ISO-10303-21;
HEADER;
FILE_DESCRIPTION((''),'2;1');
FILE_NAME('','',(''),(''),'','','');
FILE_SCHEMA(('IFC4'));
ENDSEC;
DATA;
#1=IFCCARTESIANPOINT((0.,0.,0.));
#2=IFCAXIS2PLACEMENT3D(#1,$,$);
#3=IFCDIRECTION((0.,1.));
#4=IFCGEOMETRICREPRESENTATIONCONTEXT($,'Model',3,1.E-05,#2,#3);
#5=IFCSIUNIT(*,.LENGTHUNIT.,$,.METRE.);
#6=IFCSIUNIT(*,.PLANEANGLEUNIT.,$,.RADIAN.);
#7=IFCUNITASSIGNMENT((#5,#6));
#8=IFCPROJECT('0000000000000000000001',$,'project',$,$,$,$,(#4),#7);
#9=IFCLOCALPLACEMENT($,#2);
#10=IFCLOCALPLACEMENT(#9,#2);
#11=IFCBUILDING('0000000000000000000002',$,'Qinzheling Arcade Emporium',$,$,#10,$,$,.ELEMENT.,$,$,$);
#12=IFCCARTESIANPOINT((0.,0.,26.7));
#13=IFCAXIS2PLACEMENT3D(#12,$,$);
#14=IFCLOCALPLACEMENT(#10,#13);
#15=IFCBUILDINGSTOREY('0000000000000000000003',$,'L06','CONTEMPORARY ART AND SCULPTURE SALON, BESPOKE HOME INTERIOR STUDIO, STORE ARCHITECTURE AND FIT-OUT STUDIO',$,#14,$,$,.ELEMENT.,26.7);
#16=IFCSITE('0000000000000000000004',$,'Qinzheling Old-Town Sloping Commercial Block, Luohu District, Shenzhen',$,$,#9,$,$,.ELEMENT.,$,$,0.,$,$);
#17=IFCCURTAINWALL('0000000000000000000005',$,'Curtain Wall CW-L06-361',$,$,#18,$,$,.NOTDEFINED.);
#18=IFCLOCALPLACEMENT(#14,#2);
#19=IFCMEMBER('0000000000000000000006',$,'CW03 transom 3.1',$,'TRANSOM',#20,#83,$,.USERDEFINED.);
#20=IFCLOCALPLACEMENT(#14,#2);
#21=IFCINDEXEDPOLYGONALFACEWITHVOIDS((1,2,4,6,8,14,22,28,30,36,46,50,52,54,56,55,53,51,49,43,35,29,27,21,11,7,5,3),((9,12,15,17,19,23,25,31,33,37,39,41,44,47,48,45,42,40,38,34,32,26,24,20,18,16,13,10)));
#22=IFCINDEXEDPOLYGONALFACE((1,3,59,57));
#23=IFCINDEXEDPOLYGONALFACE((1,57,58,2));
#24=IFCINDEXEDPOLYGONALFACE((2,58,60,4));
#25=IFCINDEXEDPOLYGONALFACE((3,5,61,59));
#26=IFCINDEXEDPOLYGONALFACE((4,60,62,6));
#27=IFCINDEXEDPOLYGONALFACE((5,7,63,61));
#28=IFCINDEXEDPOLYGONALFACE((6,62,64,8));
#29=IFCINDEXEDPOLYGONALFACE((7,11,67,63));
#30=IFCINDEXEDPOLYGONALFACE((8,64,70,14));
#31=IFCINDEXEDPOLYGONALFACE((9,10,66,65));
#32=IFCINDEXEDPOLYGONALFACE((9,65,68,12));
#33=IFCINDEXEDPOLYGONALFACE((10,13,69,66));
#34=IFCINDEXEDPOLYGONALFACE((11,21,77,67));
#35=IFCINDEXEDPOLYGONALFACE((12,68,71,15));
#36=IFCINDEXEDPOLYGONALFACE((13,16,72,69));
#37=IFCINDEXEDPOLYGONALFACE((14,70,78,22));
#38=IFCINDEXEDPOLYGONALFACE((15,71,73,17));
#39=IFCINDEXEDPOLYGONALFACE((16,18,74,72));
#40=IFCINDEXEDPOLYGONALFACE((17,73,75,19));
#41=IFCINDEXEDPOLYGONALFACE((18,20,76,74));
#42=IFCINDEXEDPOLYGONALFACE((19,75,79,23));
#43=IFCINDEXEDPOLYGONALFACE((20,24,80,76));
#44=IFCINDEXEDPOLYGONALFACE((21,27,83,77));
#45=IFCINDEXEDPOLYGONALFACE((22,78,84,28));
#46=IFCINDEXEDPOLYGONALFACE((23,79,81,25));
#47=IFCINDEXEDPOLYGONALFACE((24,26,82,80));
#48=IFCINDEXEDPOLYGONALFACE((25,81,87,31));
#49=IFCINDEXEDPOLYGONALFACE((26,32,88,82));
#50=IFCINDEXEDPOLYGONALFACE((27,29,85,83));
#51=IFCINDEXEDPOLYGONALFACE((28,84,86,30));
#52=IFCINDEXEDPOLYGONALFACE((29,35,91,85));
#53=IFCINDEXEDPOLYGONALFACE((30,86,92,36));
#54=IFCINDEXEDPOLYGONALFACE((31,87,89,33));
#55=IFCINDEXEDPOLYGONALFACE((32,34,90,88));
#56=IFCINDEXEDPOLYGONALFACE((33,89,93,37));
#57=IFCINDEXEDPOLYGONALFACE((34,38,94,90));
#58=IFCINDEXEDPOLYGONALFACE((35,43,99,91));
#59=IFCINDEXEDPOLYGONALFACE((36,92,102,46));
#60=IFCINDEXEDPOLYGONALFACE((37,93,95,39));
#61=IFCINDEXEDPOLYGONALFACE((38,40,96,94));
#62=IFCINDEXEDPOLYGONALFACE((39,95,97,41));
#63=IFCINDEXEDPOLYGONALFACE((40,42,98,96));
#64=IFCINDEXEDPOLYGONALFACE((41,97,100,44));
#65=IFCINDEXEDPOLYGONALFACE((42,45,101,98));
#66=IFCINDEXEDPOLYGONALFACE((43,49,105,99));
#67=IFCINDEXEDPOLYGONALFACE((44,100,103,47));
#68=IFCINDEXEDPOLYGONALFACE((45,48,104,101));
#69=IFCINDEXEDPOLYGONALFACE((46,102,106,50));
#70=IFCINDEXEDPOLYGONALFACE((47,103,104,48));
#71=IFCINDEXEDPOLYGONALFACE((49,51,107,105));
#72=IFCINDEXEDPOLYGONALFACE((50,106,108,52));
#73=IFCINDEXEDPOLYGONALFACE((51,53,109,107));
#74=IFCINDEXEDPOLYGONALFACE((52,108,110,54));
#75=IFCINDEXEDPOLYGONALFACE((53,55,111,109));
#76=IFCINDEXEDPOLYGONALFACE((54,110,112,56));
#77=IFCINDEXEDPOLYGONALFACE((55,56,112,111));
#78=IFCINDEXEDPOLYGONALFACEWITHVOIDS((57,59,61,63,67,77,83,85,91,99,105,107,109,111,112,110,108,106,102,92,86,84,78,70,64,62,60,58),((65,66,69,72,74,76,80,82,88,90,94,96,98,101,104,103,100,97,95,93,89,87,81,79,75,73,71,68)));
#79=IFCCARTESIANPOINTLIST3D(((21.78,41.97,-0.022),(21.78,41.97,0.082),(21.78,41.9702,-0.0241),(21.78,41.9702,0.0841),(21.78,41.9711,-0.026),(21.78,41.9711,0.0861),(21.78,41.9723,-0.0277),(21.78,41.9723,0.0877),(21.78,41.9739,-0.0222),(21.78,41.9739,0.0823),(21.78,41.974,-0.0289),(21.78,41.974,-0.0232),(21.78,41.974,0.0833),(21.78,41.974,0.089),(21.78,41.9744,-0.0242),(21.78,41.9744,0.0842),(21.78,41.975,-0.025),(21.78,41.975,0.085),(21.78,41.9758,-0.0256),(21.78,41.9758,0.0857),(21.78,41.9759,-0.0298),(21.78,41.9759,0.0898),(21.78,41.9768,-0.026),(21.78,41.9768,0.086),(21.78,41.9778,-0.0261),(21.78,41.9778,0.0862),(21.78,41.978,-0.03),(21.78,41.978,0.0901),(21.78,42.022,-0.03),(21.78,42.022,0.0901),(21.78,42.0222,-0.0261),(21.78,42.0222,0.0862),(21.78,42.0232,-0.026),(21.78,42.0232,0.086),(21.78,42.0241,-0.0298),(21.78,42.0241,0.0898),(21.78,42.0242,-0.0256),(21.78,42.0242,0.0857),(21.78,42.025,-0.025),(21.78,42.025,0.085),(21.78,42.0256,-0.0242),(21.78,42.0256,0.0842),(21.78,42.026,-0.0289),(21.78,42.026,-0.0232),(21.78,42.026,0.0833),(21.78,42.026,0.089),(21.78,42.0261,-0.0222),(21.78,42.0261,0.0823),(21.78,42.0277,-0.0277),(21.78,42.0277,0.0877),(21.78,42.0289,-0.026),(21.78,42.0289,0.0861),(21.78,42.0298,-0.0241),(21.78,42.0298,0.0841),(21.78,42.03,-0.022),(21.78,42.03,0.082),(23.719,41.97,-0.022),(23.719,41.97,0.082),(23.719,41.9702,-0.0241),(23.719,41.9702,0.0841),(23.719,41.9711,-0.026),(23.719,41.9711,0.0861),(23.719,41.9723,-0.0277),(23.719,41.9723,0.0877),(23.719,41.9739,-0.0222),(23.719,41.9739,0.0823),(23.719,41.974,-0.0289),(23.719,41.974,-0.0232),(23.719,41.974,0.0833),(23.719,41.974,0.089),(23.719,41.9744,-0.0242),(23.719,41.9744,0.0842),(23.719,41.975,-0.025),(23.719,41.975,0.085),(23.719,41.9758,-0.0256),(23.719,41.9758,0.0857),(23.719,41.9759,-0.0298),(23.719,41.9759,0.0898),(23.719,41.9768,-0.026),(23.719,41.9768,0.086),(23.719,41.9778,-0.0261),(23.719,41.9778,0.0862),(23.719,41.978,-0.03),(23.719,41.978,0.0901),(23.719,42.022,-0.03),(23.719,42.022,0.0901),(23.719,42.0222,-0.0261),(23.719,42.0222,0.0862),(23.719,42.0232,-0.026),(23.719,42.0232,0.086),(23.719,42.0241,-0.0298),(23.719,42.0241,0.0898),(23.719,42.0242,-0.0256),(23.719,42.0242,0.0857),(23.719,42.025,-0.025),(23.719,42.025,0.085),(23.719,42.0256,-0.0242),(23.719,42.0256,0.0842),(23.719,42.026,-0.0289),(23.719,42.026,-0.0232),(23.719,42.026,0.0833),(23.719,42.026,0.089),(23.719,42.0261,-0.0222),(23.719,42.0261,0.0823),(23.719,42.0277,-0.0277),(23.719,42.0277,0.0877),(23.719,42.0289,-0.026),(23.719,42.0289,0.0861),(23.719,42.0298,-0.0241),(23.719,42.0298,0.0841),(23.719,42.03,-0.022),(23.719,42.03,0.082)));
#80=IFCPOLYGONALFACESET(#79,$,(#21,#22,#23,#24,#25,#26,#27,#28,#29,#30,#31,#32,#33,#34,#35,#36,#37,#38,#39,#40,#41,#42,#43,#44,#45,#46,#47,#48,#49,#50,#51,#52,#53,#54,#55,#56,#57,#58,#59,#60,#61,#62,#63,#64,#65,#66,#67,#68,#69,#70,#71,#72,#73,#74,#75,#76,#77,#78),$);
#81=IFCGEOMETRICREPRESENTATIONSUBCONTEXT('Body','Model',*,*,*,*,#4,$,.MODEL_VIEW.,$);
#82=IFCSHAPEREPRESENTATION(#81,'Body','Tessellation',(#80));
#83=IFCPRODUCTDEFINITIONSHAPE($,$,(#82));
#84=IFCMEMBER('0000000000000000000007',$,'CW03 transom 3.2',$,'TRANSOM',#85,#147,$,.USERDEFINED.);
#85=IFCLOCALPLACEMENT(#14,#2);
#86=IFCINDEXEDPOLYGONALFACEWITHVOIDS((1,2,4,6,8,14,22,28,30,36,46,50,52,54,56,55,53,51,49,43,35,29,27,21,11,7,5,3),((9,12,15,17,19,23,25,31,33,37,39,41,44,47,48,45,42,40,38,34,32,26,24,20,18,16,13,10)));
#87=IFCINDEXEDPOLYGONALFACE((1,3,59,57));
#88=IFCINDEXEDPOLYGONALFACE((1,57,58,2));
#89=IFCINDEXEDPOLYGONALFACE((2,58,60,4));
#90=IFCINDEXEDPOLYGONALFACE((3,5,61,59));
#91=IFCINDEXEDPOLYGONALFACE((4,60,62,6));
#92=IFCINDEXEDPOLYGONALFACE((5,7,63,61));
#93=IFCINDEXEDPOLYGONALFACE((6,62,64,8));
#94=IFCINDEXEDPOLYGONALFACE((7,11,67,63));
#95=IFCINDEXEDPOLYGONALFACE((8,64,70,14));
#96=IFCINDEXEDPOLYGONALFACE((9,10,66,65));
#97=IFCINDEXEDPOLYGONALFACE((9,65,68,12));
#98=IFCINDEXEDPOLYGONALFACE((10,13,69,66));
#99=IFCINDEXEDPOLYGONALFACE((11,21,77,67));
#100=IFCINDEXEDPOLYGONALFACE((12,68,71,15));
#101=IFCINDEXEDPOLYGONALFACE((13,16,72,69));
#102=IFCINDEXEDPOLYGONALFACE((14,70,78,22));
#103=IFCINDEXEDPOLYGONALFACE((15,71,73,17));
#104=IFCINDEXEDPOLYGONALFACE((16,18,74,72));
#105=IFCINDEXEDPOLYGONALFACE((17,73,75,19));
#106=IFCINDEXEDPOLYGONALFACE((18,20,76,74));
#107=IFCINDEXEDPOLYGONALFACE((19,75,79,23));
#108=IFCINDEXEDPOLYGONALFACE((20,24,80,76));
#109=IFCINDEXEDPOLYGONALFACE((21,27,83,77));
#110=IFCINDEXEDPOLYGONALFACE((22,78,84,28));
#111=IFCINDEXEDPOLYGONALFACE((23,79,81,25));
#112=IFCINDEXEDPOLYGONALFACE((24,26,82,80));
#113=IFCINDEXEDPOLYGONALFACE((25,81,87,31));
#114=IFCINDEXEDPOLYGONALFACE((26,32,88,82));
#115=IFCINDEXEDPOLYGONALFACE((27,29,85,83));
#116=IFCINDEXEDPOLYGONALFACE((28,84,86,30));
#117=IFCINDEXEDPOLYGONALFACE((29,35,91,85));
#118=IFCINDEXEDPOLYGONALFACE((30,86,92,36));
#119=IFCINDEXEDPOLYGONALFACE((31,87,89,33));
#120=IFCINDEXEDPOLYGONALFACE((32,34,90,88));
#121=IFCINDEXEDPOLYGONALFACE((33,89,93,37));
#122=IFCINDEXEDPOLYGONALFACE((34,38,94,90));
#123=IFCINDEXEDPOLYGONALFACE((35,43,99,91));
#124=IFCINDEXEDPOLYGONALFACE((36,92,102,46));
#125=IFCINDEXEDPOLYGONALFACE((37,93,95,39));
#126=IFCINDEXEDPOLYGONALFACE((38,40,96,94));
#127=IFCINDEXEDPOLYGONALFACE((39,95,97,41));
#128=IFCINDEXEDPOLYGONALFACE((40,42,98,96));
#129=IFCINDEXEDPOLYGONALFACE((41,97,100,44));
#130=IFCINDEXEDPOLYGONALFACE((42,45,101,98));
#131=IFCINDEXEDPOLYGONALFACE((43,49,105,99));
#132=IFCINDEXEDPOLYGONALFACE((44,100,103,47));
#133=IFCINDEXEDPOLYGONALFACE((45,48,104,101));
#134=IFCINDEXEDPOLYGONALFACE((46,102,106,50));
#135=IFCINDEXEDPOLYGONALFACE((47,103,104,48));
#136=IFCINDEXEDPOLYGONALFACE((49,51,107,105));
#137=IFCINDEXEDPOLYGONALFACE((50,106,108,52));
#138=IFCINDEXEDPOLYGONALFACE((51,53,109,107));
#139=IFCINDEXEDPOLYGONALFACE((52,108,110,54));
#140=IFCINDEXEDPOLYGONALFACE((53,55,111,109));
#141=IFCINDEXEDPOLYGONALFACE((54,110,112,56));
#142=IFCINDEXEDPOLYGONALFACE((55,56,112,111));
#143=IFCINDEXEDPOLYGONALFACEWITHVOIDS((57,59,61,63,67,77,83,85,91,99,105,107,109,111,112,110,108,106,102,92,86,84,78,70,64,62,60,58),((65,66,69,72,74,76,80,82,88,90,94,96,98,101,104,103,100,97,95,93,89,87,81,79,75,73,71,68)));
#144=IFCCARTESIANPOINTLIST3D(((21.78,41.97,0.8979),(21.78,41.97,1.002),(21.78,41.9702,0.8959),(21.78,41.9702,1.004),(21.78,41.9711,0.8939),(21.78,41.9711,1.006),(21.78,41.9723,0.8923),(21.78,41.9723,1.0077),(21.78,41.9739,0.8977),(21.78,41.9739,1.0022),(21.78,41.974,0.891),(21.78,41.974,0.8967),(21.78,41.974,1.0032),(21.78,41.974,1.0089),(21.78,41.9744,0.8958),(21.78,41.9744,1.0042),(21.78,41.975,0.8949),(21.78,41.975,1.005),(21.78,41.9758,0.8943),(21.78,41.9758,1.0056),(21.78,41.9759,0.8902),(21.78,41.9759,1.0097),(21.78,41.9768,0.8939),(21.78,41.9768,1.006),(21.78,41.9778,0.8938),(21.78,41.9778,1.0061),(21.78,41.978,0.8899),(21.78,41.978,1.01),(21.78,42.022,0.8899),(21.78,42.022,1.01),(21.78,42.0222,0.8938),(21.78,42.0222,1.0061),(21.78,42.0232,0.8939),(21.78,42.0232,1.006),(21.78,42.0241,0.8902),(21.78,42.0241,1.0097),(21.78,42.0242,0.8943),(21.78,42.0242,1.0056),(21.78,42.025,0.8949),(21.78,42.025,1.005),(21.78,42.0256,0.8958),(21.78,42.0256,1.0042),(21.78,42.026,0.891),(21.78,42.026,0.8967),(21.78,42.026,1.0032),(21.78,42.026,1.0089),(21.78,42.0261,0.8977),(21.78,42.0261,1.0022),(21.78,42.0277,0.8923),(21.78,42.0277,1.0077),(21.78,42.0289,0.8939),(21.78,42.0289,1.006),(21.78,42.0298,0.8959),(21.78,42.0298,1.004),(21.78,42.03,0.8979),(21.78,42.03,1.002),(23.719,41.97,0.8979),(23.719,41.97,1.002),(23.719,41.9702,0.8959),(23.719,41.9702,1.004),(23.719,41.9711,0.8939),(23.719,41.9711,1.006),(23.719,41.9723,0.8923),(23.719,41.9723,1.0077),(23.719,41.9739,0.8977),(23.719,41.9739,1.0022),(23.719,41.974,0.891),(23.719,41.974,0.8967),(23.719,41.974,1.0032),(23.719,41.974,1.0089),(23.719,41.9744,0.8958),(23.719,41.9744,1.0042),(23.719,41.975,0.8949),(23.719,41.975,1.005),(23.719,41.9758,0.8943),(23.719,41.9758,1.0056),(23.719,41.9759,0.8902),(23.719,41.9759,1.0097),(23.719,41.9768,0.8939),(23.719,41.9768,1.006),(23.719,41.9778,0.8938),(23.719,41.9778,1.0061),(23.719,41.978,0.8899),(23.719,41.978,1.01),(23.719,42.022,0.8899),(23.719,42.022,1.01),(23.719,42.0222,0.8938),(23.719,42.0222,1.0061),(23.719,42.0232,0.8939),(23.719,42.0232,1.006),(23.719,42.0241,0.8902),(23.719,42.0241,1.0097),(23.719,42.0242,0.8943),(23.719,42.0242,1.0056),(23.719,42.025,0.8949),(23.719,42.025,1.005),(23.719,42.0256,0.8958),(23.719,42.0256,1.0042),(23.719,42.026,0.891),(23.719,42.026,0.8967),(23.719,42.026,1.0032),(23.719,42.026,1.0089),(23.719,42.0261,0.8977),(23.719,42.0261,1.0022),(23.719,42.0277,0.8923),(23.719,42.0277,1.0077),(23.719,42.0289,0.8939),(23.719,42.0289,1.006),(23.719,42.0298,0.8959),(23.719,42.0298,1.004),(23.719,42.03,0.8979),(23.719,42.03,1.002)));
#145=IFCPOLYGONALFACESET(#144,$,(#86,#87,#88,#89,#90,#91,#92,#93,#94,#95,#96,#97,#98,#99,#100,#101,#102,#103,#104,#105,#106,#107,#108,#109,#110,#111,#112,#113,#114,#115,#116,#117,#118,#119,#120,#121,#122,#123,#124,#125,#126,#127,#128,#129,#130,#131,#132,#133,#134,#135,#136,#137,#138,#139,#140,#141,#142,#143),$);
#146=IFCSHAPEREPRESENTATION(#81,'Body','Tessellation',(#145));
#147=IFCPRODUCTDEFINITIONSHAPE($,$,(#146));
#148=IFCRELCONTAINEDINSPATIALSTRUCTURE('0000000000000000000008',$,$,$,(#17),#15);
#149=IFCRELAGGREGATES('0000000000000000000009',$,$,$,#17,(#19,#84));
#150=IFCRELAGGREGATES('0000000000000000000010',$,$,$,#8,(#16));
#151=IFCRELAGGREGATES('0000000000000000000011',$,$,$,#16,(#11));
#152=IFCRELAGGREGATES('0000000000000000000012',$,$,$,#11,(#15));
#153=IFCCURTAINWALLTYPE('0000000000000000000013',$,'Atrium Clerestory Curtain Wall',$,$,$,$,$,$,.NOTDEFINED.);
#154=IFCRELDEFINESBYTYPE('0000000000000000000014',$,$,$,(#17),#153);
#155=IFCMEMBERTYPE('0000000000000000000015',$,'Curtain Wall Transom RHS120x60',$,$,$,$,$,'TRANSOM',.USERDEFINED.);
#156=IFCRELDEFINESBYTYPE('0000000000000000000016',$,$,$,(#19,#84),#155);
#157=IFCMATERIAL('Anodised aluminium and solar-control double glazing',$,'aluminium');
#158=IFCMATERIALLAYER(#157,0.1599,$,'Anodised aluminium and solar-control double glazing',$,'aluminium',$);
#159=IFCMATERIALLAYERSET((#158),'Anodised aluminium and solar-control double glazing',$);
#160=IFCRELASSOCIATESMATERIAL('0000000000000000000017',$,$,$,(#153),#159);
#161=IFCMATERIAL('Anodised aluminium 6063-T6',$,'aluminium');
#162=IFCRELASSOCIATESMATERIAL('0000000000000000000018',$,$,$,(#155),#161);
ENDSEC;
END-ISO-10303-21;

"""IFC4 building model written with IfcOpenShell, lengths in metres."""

from ifc_helpers import new_model, si_unit, direction, frame, origin, origin_2d, place, context, subcontext, project, spatial, hollow_rectangle, extrude, material, layer, layer_set, material_profile, profile_set, type_object, element, aggregate, save


model = new_model("IFC4")

# Units and contexts
model_context = context("Model", 3, precision=1e-05, world=origin(), true_north=direction((0.0, 1.0)))
body_context = subcontext(model_context, "Body", "Model", "MODEL_VIEW")
ifc_project = project(units=[si_unit("LENGTHUNIT", "METRE"), si_unit("PLANEANGLEUNIT", "RADIAN")], contexts=[model_context])

# Site, building, storey
site_placement = place(None, origin())
site = spatial("IfcSite", under=ifc_project, at=site_placement, Name="Qinzheling Old-Town Sloping Commercial Block, Luohu District, Shenzhen", CompositionType="ELEMENT", RefElevation=0.0)
building_placement = place(site_placement, origin())
building = spatial("IfcBuilding", under=site, at=building_placement, Name="Qinzheling Arcade Emporium", CompositionType="ELEMENT")
storey_placement = place(building_placement, frame((0.0, 0.0, 26.7)))
storey = spatial("IfcBuildingStorey", under=building, at=storey_placement, Name="L06", Description="CONTEMPORARY ART AND SCULPTURE SALON, BESPOKE HOME INTERIOR STUDIO, STORE ARCHITECTURE AND FIT-OUT STUDIO", CompositionType="ELEMENT", Elevation=26.7)

# Curtain wall, members
ifc_material_1 = material(Name="Anodised aluminium and solar-control double glazing", Category="aluminium")
ifc_layer_1 = layer(ifc_material_1, 0.1599, Name="Anodised aluminium and solar-control double glazing", Category="aluminium")
ifc_layer_set_1 = layer_set([ifc_layer_1], Name="Anodised aluminium and solar-control double glazing")
curtain_wall_type = type_object("IfcCurtainWallType", Name="Atrium Clerestory Curtain Wall", PredefinedType="NOTDEFINED", material=ifc_layer_set_1)
curtain_wall_placement = place(storey_placement, origin())
curtain_wall = element("IfcCurtainWall", 1, at=curtain_wall_placement, inside=storey, type_object=curtain_wall_type, Name="Curtain Wall CW-L06-361", PredefinedType="NOTDEFINED")
ifc_material_2 = material(Name="Anodised aluminium 6063-T6", Category="aluminium")
ifc_material_profile_1 = material_profile(ifc_material_2, hollow_rectangle(XDim=0.0601, YDim=0.1201, WallThickness=0.0039, InnerFilletRadius=0.0039, OuterFilletRadius=0.0081, at=origin_2d()), Name="RHS 120x60x4", Category="aluminium")
ifc_profile_set_1 = profile_set([ifc_material_profile_1], Name="Anodised aluminium 6063-T6")
member_type_1 = type_object("IfcMemberType", Name="Curtain Wall Transom RHS120x60", ElementType="TRANSOM", PredefinedType="USERDEFINED", material=ifc_profile_set_1)
member_1_placement = place(storey_placement, frame((21.78, 42.0, 0.03), z_axis=(1.0, 0.0, 0.0), x_axis=(0.0, 1.0, 0.0)))
member_1 = element("IfcMember", 2, at=member_1_placement, type_object=member_type_1, Name="CW03 transom 3.1", ObjectType="TRANSOM", PredefinedType="USERDEFINED", context=body_context, shape_type="SweptSolid", body=[
    extrude(hollow_rectangle(XDim=0.0601, YDim=0.1201, WallThickness=0.0039, InnerFilletRadius=0.0039, OuterFilletRadius=0.0081, at=origin_2d()), origin(), (0.0, 0.0, 1.0), 1.939),
])
member_2_placement = place(storey_placement, frame((21.78, 42.0, 0.95), z_axis=(1.0, 0.0, 0.0), x_axis=(0.0, 1.0, 0.0)))
member_2 = element("IfcMember", 3, at=member_2_placement, type_object=member_type_1, Name="CW03 transom 3.2", ObjectType="TRANSOM", PredefinedType="USERDEFINED", context=body_context, shape_type="SweptSolid", body=[
    extrude(hollow_rectangle(XDim=0.0601, YDim=0.1201, WallThickness=0.0039, InnerFilletRadius=0.0039, OuterFilletRadius=0.0081, at=origin_2d()), origin(), (0.0, 0.0, 1.0), 1.939),
])

aggregate(curtain_wall, [member_1, member_2])

save(model, "model.ifc")
